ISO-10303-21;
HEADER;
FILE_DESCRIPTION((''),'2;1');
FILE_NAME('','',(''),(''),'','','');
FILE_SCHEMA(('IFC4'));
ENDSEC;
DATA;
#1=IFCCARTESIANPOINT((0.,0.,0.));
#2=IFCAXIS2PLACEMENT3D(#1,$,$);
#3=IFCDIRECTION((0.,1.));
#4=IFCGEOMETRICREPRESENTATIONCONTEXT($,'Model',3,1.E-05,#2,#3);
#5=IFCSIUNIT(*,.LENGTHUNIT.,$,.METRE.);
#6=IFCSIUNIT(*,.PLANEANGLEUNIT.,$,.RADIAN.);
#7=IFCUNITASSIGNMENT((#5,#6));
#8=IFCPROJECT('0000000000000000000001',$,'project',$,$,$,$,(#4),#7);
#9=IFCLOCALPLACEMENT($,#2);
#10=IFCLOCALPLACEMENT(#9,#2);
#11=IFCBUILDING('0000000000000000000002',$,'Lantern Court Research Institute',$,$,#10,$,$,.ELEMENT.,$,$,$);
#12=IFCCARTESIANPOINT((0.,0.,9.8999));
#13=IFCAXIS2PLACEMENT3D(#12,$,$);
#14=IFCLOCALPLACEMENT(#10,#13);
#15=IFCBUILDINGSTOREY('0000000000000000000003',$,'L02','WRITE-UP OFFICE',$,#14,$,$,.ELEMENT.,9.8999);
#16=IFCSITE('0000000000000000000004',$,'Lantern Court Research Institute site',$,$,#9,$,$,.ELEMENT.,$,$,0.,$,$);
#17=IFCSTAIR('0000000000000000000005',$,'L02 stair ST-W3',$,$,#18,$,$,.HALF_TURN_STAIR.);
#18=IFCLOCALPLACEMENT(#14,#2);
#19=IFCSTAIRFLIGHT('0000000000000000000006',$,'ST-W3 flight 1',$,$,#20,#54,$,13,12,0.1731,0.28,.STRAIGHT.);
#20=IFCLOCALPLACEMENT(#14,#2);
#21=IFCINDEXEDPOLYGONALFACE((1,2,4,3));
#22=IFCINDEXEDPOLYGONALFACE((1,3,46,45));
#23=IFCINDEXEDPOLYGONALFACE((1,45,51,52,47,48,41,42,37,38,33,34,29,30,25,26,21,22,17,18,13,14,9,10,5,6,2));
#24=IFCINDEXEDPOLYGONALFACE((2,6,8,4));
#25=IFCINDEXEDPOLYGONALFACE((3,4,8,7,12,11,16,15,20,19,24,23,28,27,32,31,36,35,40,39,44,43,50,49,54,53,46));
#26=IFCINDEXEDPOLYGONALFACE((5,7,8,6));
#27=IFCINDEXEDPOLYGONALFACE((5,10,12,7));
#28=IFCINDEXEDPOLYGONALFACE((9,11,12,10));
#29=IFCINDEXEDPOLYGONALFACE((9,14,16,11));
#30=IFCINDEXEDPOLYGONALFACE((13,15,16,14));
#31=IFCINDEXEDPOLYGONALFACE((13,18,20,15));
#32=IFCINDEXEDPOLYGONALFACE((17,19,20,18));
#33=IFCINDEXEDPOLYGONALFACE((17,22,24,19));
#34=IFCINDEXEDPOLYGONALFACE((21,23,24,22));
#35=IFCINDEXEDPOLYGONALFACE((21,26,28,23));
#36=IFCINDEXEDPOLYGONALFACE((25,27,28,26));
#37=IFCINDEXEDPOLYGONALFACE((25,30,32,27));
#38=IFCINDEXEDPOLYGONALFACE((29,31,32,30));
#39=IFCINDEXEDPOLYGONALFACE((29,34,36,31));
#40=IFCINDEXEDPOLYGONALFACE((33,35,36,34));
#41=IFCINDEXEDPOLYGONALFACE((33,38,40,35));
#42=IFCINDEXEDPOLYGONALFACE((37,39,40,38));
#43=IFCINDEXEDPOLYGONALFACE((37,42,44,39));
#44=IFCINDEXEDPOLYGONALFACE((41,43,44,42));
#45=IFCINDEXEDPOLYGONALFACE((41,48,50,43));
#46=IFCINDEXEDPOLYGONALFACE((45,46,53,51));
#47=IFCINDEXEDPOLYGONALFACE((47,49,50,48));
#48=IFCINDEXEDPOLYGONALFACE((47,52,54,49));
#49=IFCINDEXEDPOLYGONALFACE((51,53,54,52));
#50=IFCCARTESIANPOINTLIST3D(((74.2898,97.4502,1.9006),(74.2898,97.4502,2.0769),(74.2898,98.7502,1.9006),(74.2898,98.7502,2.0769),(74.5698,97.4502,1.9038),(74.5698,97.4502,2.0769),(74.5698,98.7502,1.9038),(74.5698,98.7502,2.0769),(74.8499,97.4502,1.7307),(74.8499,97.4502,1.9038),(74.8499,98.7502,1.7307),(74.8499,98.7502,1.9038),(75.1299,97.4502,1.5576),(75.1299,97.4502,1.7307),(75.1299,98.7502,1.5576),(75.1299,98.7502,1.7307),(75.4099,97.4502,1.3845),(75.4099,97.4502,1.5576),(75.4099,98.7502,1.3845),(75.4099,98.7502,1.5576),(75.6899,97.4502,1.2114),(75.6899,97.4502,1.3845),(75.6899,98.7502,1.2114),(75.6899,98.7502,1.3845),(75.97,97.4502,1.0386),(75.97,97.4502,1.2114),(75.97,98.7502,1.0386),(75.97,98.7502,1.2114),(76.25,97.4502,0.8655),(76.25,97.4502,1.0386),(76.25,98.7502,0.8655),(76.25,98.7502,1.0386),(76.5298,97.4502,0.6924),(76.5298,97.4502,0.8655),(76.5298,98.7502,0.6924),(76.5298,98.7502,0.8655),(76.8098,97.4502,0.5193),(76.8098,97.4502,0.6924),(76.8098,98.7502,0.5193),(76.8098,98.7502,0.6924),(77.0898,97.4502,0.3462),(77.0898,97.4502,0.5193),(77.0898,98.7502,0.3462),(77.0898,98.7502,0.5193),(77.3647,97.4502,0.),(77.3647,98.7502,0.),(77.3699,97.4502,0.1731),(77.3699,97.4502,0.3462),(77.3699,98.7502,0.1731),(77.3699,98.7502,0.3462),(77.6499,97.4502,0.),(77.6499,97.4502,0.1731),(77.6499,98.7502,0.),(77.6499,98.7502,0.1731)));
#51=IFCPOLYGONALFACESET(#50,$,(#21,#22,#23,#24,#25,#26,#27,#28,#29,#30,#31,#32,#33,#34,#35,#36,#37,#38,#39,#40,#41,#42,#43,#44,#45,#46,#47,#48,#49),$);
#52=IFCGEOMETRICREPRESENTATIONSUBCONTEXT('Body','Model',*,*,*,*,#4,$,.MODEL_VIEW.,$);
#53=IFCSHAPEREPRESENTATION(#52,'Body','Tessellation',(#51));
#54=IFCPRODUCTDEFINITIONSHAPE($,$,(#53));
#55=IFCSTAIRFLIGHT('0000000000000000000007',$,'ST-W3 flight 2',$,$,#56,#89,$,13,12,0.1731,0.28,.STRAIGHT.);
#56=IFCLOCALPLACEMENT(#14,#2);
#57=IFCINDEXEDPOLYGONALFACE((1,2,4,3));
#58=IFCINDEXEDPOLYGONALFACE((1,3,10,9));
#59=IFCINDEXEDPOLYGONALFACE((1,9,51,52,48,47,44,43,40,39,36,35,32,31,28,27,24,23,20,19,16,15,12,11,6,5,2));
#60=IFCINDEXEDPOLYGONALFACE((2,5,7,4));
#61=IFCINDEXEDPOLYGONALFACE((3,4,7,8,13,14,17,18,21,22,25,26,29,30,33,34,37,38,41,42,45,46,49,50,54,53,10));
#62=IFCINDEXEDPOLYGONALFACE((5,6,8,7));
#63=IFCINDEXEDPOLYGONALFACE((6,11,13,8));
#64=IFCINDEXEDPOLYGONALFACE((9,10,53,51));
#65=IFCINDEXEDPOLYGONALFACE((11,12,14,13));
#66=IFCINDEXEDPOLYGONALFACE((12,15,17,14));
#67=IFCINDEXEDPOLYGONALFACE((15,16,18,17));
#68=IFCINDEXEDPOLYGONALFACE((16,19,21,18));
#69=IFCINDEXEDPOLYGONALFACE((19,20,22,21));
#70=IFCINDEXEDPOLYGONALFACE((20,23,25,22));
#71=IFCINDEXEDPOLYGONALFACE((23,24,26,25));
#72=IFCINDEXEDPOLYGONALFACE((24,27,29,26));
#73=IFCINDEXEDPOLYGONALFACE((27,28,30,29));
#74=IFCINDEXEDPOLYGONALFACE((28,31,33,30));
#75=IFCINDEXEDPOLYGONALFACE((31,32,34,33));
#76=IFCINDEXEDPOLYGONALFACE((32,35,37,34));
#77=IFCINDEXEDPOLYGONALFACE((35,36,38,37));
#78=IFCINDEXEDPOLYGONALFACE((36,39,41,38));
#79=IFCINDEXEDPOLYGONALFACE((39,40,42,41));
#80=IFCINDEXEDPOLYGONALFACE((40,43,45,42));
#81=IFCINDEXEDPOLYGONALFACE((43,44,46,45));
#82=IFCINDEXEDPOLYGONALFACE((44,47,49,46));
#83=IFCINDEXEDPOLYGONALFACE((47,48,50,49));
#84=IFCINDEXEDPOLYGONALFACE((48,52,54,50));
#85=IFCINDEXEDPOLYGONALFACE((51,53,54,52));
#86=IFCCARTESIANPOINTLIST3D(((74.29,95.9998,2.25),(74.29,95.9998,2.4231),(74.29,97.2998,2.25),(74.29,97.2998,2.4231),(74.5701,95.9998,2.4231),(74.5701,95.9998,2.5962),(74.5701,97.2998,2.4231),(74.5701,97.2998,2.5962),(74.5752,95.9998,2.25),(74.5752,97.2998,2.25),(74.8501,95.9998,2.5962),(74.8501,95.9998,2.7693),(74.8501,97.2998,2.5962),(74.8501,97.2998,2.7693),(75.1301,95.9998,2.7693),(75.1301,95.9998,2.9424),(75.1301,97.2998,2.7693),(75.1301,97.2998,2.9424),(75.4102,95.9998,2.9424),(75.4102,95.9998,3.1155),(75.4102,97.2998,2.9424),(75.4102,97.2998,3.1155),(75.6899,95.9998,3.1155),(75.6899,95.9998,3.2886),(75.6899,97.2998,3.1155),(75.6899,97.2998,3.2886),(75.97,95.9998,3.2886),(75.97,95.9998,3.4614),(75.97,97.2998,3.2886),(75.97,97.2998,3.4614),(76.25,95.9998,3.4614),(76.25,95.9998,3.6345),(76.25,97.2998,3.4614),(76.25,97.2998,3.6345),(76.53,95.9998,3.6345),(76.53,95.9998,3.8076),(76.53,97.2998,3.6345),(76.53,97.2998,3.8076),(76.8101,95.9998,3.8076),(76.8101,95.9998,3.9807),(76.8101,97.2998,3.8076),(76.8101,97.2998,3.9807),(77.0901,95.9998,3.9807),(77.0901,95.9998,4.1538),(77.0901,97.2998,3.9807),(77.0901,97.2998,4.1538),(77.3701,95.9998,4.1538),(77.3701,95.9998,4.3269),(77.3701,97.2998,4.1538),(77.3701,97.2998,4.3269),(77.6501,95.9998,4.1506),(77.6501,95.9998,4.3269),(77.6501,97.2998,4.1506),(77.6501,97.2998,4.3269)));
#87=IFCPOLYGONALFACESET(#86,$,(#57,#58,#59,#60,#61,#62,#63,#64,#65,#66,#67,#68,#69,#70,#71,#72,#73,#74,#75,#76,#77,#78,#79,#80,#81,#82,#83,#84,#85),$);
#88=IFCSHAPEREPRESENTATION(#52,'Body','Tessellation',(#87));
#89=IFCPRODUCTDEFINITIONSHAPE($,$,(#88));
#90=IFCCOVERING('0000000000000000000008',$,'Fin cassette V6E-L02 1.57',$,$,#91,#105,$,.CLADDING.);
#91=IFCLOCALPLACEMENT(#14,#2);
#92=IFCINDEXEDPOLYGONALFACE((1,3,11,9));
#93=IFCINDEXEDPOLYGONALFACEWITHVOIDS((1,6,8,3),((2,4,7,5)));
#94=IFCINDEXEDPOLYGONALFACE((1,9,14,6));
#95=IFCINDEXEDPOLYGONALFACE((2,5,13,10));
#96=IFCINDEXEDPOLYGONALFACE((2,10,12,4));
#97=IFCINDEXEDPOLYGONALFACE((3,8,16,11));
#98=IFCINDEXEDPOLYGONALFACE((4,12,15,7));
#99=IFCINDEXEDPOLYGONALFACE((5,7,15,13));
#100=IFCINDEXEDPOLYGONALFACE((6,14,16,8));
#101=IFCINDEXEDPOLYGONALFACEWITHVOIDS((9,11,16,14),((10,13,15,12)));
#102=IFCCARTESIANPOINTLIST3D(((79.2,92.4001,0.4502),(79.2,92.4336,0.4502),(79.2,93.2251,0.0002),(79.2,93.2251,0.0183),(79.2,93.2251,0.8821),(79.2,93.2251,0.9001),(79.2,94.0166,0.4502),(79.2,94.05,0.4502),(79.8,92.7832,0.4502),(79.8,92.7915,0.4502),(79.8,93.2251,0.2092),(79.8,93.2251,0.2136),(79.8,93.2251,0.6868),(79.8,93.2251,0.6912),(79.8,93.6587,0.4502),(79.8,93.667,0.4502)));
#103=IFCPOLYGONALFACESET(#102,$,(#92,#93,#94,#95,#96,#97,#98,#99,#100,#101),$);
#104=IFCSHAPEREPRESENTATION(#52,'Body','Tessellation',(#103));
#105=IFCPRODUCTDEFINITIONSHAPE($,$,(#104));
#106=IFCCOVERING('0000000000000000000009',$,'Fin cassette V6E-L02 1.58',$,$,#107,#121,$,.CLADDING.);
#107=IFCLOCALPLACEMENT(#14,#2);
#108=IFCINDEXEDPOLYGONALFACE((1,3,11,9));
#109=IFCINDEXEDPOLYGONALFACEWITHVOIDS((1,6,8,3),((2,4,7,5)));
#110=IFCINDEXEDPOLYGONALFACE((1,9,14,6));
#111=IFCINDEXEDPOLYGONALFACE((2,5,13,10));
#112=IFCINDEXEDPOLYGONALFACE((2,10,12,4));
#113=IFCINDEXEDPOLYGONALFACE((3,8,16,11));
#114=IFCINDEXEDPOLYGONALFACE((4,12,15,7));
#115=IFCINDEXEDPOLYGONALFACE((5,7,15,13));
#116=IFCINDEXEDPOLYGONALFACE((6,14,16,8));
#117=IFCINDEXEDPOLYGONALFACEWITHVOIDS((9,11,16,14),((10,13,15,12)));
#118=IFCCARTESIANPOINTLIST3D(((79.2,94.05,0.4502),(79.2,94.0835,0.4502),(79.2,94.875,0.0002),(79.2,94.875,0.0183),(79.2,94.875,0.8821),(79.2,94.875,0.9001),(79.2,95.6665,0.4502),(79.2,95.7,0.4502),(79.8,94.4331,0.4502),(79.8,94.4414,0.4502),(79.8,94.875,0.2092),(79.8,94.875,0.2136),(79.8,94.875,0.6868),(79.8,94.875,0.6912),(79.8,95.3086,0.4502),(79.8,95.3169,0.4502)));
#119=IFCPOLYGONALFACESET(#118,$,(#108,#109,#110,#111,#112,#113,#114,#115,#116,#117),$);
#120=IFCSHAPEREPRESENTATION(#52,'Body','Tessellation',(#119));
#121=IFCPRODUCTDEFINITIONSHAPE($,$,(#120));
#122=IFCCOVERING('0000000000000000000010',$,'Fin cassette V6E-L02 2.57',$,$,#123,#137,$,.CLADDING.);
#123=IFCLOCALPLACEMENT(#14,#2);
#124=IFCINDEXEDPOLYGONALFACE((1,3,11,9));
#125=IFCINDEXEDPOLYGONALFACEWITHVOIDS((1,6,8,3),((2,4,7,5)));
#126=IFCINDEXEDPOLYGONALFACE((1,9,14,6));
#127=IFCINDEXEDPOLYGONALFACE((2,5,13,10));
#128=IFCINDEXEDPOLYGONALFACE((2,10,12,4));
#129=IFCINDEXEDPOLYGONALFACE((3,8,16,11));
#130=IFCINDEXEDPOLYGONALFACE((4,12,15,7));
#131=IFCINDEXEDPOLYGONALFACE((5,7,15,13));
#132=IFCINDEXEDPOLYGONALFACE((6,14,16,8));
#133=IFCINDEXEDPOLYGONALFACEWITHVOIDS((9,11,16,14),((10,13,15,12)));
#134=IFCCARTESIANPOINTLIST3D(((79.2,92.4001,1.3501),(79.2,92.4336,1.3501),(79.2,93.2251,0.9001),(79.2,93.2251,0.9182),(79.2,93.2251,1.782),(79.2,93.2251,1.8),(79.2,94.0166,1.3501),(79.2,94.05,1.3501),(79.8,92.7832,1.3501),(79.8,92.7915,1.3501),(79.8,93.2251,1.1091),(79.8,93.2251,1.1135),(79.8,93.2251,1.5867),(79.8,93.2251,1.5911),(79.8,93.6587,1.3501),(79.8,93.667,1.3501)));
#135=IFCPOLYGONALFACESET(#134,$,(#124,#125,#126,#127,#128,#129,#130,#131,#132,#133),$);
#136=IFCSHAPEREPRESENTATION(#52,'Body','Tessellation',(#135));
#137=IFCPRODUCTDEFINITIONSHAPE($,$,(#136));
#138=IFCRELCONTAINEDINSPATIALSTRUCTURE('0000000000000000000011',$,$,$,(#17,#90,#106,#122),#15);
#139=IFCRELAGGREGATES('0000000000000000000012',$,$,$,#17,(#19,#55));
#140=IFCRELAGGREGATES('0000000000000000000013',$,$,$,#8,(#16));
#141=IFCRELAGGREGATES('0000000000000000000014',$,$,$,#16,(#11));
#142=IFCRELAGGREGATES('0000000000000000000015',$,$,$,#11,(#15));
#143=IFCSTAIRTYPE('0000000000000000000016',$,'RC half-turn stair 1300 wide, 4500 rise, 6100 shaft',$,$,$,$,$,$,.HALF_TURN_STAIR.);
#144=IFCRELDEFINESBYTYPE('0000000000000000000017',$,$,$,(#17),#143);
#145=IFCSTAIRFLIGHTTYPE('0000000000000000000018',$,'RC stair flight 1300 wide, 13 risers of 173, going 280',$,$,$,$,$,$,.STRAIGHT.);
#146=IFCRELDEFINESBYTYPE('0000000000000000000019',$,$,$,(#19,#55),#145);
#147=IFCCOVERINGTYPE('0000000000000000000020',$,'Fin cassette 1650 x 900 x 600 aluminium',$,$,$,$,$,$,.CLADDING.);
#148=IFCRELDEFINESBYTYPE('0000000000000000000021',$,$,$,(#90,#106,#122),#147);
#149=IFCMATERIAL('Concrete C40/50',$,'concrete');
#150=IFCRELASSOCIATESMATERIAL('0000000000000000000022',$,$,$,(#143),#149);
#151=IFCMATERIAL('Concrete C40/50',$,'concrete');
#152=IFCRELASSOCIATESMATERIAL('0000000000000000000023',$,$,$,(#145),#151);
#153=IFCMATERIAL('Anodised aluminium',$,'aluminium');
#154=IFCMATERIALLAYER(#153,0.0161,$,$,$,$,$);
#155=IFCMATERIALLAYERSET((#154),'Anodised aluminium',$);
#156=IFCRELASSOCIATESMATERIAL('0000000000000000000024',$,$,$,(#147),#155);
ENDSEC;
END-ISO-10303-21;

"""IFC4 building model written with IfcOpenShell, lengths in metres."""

from ifc_helpers import new_model, entity, si_unit, direction, frame, origin, place, context, subcontext, project, spatial, polyline, outline, extrude, material, layer, layer_set, type_object, element, aggregate, save


model = new_model("IFC4")

# Units and contexts
model_context = context("Model", 3, precision=1e-05, world=origin(), true_north=direction((0.0, 1.0)))
body_context = subcontext(model_context, "Body", "Model", "MODEL_VIEW")
ifc_project = project(units=[si_unit("LENGTHUNIT", "METRE"), si_unit("PLANEANGLEUNIT", "RADIAN")], contexts=[model_context])

# Site, building, storey
site_placement = place(None, origin())
site = spatial("IfcSite", under=ifc_project, at=site_placement, Name="Lantern Court Research Institute site", CompositionType="ELEMENT", RefElevation=0.0)
building_placement = place(site_placement, origin())
building = spatial("IfcBuilding", under=site, at=building_placement, Name="Lantern Court Research Institute", CompositionType="ELEMENT")
storey_placement = place(building_placement, frame((0.0, 0.0, 9.8999)))
storey = spatial("IfcBuildingStorey", under=building, at=storey_placement, Name="L02", Description="WRITE-UP OFFICE", CompositionType="ELEMENT", Elevation=9.8999)

# Stair, stair flights
ifc_material_1 = material(Name="Concrete C40/50", Category="concrete")
stair_type = type_object("IfcStairType", Name="RC half-turn stair 1300 wide, 4500 rise, 6100 shaft", PredefinedType="HALF_TURN_STAIR", material=ifc_material_1)
stair_placement = place(storey_placement, origin())
stair = element("IfcStair", 1, at=stair_placement, inside=storey, type_object=stair_type, Name="L02 stair ST-W3", PredefinedType="HALF_TURN_STAIR")
ifc_material_2 = material(Name="Concrete C40/50", Category="concrete")
stair_flight_type = type_object("IfcStairFlightType", Name="RC stair flight 1300 wide, 13 risers of 173, going 280", PredefinedType="STRAIGHT", material=ifc_material_2)
stair_flight_1_placement = place(storey_placement, frame((77.6499, 98.1001, 0.0), z_axis=(0.0, 0.0, 1.0), x_axis=(-1.0, 0.0, 0.0)))
stair_flight_1 = element("IfcStairFlight", 2, at=stair_flight_1_placement, type_object=stair_flight_type, Name="ST-W3 flight 1", NumberOfRisers=13, NumberOfTreads=12, PredefinedType="STRAIGHT", RiserHeight=0.1731, TreadLength=0.28, context=body_context, shape_type="SweptSolid", body=[
    extrude(outline(polyline([(0.0, 0.0), (0.0, 0.1731), (0.28, 0.1731), (0.28, 0.3462), (0.5601, 0.3462), (0.5601, 0.5193), (0.8401, 0.5193), (0.8401, 0.6924), (1.1201, 0.6924), (1.1201, 0.8655), (1.3999, 0.8655), (1.3999, 1.0386), (1.6799, 1.0386), (1.6799, 1.2114), (1.96, 1.2114), (1.96, 1.3845), (2.24, 1.3845), (2.24, 1.5576), (2.52, 1.5576), (2.52, 1.7307), (2.8, 1.7307), (2.8, 1.9038), (3.0801, 1.9038), (3.0801, 2.0769), (3.3601, 2.0769), (3.3601, 2.25), (3.3601, 1.9006), (0.2852, 0.0), (0.0, 0.0)])), frame((0.0, 0.6499, 0.0), z_axis=(0.0, -1.0, 0.0), x_axis=(1.0, 0.0, 0.0)), (0.0, 0.0, 1.0), 1.3),
])
stair_flight_2_placement = place(storey_placement, frame((74.29, 96.6499, 2.25), z_axis=(0.0, 0.0, 1.0), x_axis=(1.0, 0.0, 0.0)))
stair_flight_2 = element("IfcStairFlight", 3, at=stair_flight_2_placement, type_object=stair_flight_type, Name="ST-W3 flight 2", NumberOfRisers=13, NumberOfTreads=12, PredefinedType="STRAIGHT", RiserHeight=0.1731, TreadLength=0.28, context=body_context, shape_type="SweptSolid", body=[
    extrude(outline(polyline([(0.0, 0.0), (0.0, 0.1731), (0.28, 0.1731), (0.28, 0.3462), (0.5601, 0.3462), (0.5601, 0.5193), (0.8401, 0.5193), (0.8401, 0.6924), (1.1201, 0.6924), (1.1201, 0.8655), (1.3999, 0.8655), (1.3999, 1.0386), (1.6799, 1.0386), (1.6799, 1.2114), (1.96, 1.2114), (1.96, 1.3845), (2.24, 1.3845), (2.24, 1.5576), (2.52, 1.5576), (2.52, 1.7307), (2.8, 1.7307), (2.8, 1.9038), (3.0801, 1.9038), (3.0801, 2.0769), (3.3601, 2.0769), (3.3601, 2.25), (3.3601, 1.9006), (0.2852, 0.0), (0.0, 0.0)])), frame((0.0, 0.6499, 0.0), z_axis=(0.0, -1.0, 0.0), x_axis=(1.0, 0.0, 0.0)), (0.0, 0.0, 1.0), 1.3),
])
aggregate(stair, [stair_flight_1, stair_flight_2])

# Coverings
ifc_material_3 = material(Name="Anodised aluminium", Category="aluminium")
ifc_layer = layer(ifc_material_3, 0.0161)
ifc_layer_set = layer_set([ifc_layer], Name="Anodised aluminium")
covering_type = type_object("IfcCoveringType", Name="Fin cassette 1650 x 900 x 600 aluminium", PredefinedType="CLADDING", material=ifc_layer_set)
covering_1_placement = place(storey_placement, frame((79.2, 93.2251, 0.4502), z_axis=(1.0, 0.0, 0.0), x_axis=(0.0, 1.0, 0.0)))
cartesian_point_1 = entity("IfcCartesianPoint", [0.825, 0.0])
cartesian_point_2 = entity("IfcCartesianPoint", [0.7915, 0.0])
cartesian_point_3 = entity("IfcCartesianPoint", [0.4419, 0.0])
cartesian_point_4 = entity("IfcCartesianPoint", [0.4336, 0.0])
element("IfcCovering", 4, at=covering_1_placement, inside=storey, type_object=covering_type, Name="Fin cassette V6E-L02 1.57", PredefinedType="CLADDING", context=body_context, shape_type="SweptSolid", body=[
    entity("IfcExtrudedAreaSolidTapered", entity("IfcArbitraryProfileDefWithVoids", "AREA", None, entity("IfcPolyline", [cartesian_point_1, entity("IfcCartesianPoint", [0.0, 0.45]), entity("IfcCartesianPoint", [-0.825, 0.0]), entity("IfcCartesianPoint", [0.0, -0.45]), cartesian_point_1]), [entity("IfcPolyline", [cartesian_point_2, entity("IfcCartesianPoint", [0.0, 0.4319]), entity("IfcCartesianPoint", [-0.7915, 0.0]), entity("IfcCartesianPoint", [0.0, -0.4319]), cartesian_point_2])]), entity("IfcAxis2Placement3D", entity("IfcCartesianPoint", [0.0, 0.0, 0.0])), entity("IfcDirection", [0.0, 0.0, 1.0]), 0.6001, entity("IfcArbitraryProfileDefWithVoids", "AREA", None, entity("IfcPolyline", [cartesian_point_3, entity("IfcCartesianPoint", [0.0, 0.241]), entity("IfcCartesianPoint", [-0.4419, 0.0]), entity("IfcCartesianPoint", [0.0, -0.241]), cartesian_point_3]), [entity("IfcPolyline", [cartesian_point_4, entity("IfcCartesianPoint", [0.0, 0.2366]), entity("IfcCartesianPoint", [-0.4336, 0.0]), entity("IfcCartesianPoint", [0.0, -0.2366]), cartesian_point_4])])),
])
covering_2_placement = place(storey_placement, frame((79.2, 94.875, 0.4502), z_axis=(1.0, 0.0, 0.0), x_axis=(0.0, 1.0, 0.0)))
cartesian_point_5 = entity("IfcCartesianPoint", [0.825, 0.0])
cartesian_point_6 = entity("IfcCartesianPoint", [0.7915, 0.0])
cartesian_point_7 = entity("IfcCartesianPoint", [0.4419, 0.0])
cartesian_point_8 = entity("IfcCartesianPoint", [0.4336, 0.0])
element("IfcCovering", 5, at=covering_2_placement, inside=storey, type_object=covering_type, Name="Fin cassette V6E-L02 1.58", PredefinedType="CLADDING", context=body_context, shape_type="SweptSolid", body=[
    entity("IfcExtrudedAreaSolidTapered", entity("IfcArbitraryProfileDefWithVoids", "AREA", None, entity("IfcPolyline", [cartesian_point_5, entity("IfcCartesianPoint", [0.0, 0.45]), entity("IfcCartesianPoint", [-0.825, 0.0]), entity("IfcCartesianPoint", [0.0, -0.45]), cartesian_point_5]), [entity("IfcPolyline", [cartesian_point_6, entity("IfcCartesianPoint", [0.0, 0.4319]), entity("IfcCartesianPoint", [-0.7915, 0.0]), entity("IfcCartesianPoint", [0.0, -0.4319]), cartesian_point_6])]), entity("IfcAxis2Placement3D", entity("IfcCartesianPoint", [0.0, 0.0, 0.0])), entity("IfcDirection", [0.0, 0.0, 1.0]), 0.6001, entity("IfcArbitraryProfileDefWithVoids", "AREA", None, entity("IfcPolyline", [cartesian_point_7, entity("IfcCartesianPoint", [0.0, 0.241]), entity("IfcCartesianPoint", [-0.4419, 0.0]), entity("IfcCartesianPoint", [0.0, -0.241]), cartesian_point_7]), [entity("IfcPolyline", [cartesian_point_8, entity("IfcCartesianPoint", [0.0, 0.2366]), entity("IfcCartesianPoint", [-0.4336, 0.0]), entity("IfcCartesianPoint", [0.0, -0.2366]), cartesian_point_8])])),
])
covering_3_placement = place(storey_placement, frame((79.2, 93.2251, 1.3501), z_axis=(1.0, 0.0, 0.0), x_axis=(0.0, 1.0, 0.0)))
cartesian_point_9 = entity("IfcCartesianPoint", [0.825, 0.0])
cartesian_point_10 = entity("IfcCartesianPoint", [0.7915, 0.0])
cartesian_point_11 = entity("IfcCartesianPoint", [0.4419, 0.0])
cartesian_point_12 = entity("IfcCartesianPoint", [0.4336, 0.0])
element("IfcCovering", 6, at=covering_3_placement, inside=storey, type_object=covering_type, Name="Fin cassette V6E-L02 2.57", PredefinedType="CLADDING", context=body_context, shape_type="SweptSolid", body=[
    entity("IfcExtrudedAreaSolidTapered", entity("IfcArbitraryProfileDefWithVoids", "AREA", None, entity("IfcPolyline", [cartesian_point_9, entity("IfcCartesianPoint", [0.0, 0.45]), entity("IfcCartesianPoint", [-0.825, 0.0]), entity("IfcCartesianPoint", [0.0, -0.45]), cartesian_point_9]), [entity("IfcPolyline", [cartesian_point_10, entity("IfcCartesianPoint", [0.0, 0.4319]), entity("IfcCartesianPoint", [-0.7915, 0.0]), entity("IfcCartesianPoint", [0.0, -0.4319]), cartesian_point_10])]), entity("IfcAxis2Placement3D", entity("IfcCartesianPoint", [0.0, 0.0, 0.0])), entity("IfcDirection", [0.0, 0.0, 1.0]), 0.6001, entity("IfcArbitraryProfileDefWithVoids", "AREA", None, entity("IfcPolyline", [cartesian_point_11, entity("IfcCartesianPoint", [0.0, 0.241]), entity("IfcCartesianPoint", [-0.4419, 0.0]), entity("IfcCartesianPoint", [0.0, -0.241]), cartesian_point_11]), [entity("IfcPolyline", [cartesian_point_12, entity("IfcCartesianPoint", [0.0, 0.2366]), entity("IfcCartesianPoint", [-0.4336, 0.0]), entity("IfcCartesianPoint", [0.0, -0.2366]), cartesian_point_12])])),
])

save(model, "model.ifc")
